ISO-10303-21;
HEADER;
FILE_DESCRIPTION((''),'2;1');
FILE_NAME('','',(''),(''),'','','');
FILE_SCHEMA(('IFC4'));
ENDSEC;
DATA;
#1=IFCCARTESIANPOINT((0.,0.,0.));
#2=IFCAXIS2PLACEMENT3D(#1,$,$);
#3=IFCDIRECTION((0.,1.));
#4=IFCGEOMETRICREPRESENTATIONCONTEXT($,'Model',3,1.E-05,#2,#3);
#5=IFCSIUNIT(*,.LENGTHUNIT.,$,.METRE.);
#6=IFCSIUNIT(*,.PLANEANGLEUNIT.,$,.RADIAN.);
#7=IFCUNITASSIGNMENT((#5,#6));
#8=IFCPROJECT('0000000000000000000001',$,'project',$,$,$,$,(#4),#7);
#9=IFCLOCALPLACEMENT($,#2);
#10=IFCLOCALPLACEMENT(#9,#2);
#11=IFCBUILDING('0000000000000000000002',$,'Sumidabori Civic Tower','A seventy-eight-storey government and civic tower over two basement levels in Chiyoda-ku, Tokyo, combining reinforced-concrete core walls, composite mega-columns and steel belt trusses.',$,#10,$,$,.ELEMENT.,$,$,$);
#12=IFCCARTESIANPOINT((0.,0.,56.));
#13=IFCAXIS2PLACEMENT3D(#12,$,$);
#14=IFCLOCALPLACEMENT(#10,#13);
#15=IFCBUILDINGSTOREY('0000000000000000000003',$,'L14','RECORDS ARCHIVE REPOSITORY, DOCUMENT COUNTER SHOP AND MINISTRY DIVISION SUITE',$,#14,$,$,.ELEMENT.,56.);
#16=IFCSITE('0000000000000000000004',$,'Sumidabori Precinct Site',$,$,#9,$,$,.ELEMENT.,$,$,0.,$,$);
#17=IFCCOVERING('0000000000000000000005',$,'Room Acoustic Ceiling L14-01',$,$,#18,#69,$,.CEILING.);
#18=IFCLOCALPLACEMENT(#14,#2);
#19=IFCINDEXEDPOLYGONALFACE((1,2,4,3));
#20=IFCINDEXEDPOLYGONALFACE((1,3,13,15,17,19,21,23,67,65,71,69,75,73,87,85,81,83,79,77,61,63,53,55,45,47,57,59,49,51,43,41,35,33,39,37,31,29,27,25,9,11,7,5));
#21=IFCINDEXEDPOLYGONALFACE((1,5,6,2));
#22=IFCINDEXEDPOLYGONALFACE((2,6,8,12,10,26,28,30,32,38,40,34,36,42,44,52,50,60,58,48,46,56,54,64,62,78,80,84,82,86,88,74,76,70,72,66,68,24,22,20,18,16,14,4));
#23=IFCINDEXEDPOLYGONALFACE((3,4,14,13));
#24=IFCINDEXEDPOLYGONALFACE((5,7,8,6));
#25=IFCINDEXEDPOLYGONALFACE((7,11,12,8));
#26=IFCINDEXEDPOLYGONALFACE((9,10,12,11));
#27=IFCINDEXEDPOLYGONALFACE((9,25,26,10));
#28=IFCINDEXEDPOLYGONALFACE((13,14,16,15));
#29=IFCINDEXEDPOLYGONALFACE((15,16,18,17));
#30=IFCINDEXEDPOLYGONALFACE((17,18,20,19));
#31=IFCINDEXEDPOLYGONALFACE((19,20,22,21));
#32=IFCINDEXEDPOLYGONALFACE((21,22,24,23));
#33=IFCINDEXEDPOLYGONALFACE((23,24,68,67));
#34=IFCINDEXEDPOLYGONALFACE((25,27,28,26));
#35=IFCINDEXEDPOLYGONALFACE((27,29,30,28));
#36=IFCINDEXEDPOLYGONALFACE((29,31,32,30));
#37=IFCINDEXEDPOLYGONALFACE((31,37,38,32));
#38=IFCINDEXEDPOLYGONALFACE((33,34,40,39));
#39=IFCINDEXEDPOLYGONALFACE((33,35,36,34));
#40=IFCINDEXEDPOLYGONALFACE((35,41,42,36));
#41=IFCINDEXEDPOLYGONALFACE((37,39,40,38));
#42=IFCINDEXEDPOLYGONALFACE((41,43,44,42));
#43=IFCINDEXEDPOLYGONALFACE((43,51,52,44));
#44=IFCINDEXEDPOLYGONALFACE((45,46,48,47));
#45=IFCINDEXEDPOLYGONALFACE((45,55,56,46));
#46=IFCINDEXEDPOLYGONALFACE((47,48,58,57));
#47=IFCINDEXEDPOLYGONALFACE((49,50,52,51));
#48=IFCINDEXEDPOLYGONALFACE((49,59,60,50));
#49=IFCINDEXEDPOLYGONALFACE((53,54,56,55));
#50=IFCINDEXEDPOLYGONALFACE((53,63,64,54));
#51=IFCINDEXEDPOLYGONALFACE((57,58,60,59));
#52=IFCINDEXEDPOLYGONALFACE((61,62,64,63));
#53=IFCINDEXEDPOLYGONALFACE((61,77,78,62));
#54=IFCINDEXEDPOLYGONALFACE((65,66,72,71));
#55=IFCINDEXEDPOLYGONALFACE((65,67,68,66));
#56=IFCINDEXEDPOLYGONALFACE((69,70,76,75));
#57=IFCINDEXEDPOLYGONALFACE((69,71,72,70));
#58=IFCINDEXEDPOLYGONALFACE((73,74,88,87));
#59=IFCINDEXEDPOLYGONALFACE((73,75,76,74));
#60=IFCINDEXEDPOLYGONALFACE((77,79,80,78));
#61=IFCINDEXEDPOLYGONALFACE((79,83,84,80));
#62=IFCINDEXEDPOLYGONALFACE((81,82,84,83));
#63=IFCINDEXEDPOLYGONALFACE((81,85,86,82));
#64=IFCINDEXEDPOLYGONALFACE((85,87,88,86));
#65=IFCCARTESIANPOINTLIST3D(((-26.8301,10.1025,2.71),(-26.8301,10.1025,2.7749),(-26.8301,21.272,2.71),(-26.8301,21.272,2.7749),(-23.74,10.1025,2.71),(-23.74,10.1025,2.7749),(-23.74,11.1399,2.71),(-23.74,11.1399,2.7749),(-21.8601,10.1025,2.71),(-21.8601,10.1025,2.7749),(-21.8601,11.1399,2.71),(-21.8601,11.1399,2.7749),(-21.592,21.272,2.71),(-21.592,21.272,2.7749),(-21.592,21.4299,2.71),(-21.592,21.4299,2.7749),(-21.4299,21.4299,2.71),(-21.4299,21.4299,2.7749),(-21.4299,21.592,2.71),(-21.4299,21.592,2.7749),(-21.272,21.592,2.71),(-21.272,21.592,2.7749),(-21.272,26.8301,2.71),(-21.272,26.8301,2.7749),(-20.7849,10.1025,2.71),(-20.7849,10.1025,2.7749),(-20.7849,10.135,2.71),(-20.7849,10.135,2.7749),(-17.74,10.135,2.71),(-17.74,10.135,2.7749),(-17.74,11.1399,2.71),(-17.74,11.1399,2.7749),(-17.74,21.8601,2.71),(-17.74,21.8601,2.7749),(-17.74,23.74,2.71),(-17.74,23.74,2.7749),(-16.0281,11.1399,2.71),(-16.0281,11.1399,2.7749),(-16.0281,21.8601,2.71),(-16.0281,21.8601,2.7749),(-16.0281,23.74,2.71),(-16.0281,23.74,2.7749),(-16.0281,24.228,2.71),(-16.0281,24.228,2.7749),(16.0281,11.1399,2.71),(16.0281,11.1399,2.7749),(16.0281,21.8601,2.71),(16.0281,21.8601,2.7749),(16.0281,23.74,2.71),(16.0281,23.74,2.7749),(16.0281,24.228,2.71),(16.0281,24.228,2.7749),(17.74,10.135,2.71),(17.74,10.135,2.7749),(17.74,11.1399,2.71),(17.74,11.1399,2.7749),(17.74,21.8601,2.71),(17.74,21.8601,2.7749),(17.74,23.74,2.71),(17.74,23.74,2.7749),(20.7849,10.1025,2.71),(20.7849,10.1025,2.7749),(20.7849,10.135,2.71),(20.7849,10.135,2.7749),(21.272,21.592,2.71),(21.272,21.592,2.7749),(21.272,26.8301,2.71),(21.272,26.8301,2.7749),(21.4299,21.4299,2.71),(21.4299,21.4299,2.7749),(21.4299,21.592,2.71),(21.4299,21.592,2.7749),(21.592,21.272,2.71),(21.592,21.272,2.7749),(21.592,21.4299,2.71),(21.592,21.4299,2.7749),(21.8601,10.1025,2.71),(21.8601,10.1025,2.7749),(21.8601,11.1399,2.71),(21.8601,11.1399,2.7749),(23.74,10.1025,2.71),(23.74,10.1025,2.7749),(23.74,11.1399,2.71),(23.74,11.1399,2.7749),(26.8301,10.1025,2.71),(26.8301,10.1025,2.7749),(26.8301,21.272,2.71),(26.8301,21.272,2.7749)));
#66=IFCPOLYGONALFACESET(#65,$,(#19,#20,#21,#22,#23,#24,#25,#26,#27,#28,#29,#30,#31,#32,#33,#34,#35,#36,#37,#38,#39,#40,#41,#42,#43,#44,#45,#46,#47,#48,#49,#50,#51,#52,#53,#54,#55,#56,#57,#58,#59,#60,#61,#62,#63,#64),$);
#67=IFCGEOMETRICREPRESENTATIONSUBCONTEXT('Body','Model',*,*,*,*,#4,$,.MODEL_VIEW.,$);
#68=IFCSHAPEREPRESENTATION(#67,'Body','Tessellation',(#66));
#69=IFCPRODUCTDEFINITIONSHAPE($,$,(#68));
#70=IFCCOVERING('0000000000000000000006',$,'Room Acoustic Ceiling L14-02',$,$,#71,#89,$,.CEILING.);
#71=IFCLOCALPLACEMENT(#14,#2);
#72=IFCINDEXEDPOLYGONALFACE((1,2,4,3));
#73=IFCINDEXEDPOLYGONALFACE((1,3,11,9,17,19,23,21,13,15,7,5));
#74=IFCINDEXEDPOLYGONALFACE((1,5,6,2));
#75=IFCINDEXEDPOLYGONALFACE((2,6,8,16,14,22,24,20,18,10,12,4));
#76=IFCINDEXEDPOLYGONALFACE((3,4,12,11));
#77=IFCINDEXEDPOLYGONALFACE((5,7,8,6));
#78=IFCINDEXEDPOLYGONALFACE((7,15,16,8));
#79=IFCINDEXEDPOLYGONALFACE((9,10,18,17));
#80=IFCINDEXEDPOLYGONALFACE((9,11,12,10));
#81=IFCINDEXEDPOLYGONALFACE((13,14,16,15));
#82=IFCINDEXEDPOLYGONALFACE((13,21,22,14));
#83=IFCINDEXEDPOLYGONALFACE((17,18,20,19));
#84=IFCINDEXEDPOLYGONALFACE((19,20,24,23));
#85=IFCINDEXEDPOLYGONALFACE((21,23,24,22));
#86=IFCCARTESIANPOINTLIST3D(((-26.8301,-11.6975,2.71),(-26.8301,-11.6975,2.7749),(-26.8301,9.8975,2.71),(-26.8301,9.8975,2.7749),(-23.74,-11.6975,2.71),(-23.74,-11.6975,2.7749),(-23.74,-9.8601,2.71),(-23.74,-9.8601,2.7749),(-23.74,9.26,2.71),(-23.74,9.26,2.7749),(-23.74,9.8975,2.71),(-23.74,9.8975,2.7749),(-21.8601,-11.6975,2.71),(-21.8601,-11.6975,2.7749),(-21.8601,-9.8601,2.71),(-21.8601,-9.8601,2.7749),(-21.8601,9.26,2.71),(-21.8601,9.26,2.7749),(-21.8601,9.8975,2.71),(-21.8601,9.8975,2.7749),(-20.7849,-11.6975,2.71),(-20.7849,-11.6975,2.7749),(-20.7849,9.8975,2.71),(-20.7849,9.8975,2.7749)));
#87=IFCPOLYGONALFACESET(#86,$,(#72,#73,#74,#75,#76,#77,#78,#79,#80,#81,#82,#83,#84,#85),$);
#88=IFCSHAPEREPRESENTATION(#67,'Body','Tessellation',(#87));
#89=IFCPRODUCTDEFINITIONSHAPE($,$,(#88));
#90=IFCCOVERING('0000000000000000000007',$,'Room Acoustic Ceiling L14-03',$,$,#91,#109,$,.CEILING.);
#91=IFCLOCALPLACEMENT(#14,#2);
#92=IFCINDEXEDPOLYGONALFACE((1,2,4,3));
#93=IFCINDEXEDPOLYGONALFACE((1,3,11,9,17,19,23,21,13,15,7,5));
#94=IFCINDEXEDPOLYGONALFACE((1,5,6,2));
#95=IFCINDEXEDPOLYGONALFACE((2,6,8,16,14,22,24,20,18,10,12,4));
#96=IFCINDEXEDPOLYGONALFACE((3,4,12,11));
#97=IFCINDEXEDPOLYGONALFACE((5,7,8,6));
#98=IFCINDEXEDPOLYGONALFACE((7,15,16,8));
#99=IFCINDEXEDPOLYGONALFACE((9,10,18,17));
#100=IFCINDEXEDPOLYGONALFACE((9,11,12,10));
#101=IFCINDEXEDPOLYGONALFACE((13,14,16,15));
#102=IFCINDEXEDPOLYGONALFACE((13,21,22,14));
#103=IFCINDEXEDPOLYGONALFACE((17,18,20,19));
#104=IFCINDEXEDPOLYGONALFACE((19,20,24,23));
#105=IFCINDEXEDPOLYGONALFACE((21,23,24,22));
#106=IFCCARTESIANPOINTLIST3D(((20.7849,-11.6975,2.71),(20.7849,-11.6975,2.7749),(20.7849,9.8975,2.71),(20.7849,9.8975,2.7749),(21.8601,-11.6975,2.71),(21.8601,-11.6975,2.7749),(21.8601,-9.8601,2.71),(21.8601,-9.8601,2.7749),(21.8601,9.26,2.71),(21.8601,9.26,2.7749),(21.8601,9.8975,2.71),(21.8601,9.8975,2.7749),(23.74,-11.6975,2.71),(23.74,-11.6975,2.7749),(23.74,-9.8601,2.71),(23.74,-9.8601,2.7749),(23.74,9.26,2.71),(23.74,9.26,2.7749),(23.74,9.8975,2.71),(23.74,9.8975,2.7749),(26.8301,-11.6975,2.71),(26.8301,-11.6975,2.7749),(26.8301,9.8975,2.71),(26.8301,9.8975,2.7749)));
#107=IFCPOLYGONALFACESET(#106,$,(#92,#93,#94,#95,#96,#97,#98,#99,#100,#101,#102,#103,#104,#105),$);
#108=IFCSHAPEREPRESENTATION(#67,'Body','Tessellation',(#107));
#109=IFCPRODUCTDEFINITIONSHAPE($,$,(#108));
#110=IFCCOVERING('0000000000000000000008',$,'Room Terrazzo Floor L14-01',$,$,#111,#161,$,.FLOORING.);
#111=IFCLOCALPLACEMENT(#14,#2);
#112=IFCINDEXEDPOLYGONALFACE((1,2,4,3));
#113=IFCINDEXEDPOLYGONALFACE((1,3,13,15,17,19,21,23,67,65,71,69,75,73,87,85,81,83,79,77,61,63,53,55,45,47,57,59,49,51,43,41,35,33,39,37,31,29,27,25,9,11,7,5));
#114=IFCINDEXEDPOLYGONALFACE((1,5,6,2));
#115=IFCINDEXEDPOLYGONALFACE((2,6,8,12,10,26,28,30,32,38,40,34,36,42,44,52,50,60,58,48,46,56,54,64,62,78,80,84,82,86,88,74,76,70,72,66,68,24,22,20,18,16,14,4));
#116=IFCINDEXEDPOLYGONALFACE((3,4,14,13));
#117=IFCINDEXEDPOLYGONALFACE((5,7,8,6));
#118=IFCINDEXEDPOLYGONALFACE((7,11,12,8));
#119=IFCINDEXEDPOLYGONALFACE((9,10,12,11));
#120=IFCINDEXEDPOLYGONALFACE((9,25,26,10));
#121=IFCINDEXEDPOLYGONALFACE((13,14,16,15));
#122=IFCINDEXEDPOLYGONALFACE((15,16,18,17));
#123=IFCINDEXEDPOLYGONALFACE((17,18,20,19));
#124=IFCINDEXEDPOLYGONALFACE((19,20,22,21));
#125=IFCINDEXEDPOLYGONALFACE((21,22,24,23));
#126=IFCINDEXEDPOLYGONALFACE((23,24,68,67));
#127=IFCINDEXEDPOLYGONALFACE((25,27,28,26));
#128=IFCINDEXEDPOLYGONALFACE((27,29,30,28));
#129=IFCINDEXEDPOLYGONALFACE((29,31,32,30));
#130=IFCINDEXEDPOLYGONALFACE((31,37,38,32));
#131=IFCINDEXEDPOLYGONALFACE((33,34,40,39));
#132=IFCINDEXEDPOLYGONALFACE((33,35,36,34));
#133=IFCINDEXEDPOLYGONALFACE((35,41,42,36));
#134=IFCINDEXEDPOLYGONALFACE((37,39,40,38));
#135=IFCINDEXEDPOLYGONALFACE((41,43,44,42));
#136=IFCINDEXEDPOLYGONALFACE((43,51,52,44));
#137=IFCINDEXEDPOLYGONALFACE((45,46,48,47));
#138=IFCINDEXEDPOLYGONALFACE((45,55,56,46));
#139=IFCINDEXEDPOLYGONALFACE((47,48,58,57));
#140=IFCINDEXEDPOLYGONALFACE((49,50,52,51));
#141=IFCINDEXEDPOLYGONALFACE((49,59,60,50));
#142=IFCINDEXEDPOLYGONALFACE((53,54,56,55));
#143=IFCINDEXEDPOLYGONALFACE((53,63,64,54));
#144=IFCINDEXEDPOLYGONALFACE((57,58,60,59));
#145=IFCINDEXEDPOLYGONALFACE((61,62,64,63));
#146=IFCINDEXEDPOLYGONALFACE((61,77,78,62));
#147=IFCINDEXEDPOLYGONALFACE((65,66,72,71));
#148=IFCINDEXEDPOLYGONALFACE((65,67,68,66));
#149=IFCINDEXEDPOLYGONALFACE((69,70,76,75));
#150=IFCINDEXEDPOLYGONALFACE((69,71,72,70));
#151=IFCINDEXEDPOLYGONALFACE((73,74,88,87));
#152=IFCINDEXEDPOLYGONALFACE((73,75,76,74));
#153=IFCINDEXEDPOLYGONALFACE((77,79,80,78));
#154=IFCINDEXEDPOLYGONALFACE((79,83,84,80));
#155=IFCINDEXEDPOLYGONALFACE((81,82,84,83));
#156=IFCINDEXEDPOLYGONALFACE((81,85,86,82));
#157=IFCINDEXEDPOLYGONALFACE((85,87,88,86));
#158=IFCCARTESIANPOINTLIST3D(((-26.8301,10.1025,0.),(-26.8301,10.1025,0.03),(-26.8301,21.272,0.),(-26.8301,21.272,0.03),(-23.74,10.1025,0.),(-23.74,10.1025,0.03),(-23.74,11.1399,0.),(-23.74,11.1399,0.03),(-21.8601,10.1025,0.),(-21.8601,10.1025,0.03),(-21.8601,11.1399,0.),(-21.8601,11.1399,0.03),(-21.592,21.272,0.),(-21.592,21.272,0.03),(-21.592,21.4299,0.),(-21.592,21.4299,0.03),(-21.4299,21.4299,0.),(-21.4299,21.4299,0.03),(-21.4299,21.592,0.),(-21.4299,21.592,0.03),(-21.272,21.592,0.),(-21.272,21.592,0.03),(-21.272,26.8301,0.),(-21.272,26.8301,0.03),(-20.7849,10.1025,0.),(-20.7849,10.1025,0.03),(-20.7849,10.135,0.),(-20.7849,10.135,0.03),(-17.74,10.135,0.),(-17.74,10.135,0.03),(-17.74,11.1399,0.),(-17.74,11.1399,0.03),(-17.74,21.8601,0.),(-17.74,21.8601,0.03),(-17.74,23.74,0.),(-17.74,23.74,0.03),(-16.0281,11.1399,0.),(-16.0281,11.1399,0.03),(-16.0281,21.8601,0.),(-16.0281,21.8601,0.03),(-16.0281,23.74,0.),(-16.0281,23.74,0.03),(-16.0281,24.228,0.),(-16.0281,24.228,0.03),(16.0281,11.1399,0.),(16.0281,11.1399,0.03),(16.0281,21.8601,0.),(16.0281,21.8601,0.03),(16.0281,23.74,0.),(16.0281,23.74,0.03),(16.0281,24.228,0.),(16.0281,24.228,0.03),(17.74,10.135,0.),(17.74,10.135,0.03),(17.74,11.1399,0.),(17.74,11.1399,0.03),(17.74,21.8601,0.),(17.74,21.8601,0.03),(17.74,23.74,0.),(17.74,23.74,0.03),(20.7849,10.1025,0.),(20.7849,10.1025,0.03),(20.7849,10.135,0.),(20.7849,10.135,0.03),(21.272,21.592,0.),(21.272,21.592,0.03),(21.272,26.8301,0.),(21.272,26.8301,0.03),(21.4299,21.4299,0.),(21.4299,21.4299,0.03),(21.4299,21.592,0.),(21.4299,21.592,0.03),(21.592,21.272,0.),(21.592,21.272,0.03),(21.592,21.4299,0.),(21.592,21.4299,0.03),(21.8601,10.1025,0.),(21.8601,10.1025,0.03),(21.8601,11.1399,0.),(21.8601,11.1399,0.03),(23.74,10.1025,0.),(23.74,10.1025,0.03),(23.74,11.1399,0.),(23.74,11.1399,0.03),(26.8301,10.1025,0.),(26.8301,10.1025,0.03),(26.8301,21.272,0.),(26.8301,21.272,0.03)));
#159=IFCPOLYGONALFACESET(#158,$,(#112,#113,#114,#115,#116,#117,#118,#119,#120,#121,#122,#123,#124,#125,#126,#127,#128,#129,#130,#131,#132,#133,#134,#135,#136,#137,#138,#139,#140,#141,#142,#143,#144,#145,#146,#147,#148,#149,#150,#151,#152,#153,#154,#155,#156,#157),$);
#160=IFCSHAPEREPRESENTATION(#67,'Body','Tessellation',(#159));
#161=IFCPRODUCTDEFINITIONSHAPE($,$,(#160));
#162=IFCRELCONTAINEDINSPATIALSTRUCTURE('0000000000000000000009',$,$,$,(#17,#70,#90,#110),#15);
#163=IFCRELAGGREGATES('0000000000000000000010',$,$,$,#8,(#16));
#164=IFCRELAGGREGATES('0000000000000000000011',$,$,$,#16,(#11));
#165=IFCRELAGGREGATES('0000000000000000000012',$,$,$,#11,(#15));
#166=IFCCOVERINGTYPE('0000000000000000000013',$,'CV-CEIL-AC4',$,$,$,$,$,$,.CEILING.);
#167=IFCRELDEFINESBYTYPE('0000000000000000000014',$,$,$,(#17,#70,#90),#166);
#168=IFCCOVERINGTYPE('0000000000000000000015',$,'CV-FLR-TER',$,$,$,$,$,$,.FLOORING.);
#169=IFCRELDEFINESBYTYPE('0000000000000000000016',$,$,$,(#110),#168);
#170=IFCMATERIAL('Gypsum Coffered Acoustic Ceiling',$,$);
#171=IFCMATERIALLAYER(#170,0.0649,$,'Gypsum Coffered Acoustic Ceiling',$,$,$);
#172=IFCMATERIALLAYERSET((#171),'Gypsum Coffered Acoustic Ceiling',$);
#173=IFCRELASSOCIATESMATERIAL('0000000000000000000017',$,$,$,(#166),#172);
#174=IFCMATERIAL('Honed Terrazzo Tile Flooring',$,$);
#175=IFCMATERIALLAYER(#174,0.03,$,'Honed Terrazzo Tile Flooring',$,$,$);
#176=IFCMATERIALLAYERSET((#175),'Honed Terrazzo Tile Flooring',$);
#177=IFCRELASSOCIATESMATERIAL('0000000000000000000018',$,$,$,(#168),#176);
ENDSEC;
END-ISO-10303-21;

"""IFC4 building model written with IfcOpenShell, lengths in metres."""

from ifc_helpers import new_model, si_unit, direction, frame, origin, place, context, subcontext, project, spatial, polyline, outline, extrude, material, layer, layer_set, type_object, element, save


model = new_model("IFC4")

# Units and contexts
model_context = context("Model", 3, precision=1e-05, world=origin(), true_north=direction((0.0, 1.0)))
body_context = subcontext(model_context, "Body", "Model", "MODEL_VIEW")
ifc_project = project(units=[si_unit("LENGTHUNIT", "METRE"), si_unit("PLANEANGLEUNIT", "RADIAN")], contexts=[model_context])

# Site, building, storey
site_placement = place(None, origin())
site = spatial("IfcSite", under=ifc_project, at=site_placement, Name="Sumidabori Precinct Site", CompositionType="ELEMENT", RefElevation=0.0)
building_placement = place(site_placement, origin())
building = spatial("IfcBuilding", under=site, at=building_placement, Name="Sumidabori Civic Tower", Description="A seventy-eight-storey government and civic tower over two basement levels in Chiyoda-ku, Tokyo, combining reinforced-concrete core walls, composite mega-columns and steel belt trusses.", CompositionType="ELEMENT")
storey_placement = place(building_placement, frame((0.0, 0.0, 56.0)))
storey = spatial("IfcBuildingStorey", under=building, at=storey_placement, Name="L14", Description="RECORDS ARCHIVE REPOSITORY, DOCUMENT COUNTER SHOP AND MINISTRY DIVISION SUITE", CompositionType="ELEMENT", Elevation=56.0)

# Coverings
ifc_material_1 = material(Name="Gypsum Coffered Acoustic Ceiling")
ifc_layer_1 = layer(ifc_material_1, 0.0649, Name="Gypsum Coffered Acoustic Ceiling")
ifc_layer_set_1 = layer_set([ifc_layer_1], Name="Gypsum Coffered Acoustic Ceiling")
covering_type_1 = type_object("IfcCoveringType", Name="CV-CEIL-AC4", PredefinedType="CEILING", material=ifc_layer_set_1)
covering_1_placement = place(storey_placement, frame((0.0, 0.0, 2.71)))
element("IfcCovering", 1, at=covering_1_placement, inside=storey, type_object=covering_type_1, Name="Room Acoustic Ceiling L14-01", PredefinedType="CEILING", context=body_context, shape_type="SweptSolid", body=[
    extrude(outline(polyline([(-26.8301, 10.1025), (-26.8301, 21.272), (-21.592, 21.272), (-21.592, 21.4299), (-21.4299, 21.4299), (-21.4299, 21.592), (-21.272, 21.592), (-21.272, 26.8301), (21.272, 26.8301), (21.272, 21.592), (21.4299, 21.592), (21.4299, 21.4299), (21.592, 21.4299), (21.592, 21.272), (26.8301, 21.272), (26.8301, 10.1025), (23.74, 10.1025), (23.74, 11.1399), (21.8601, 11.1399), (21.8601, 10.1025), (20.7849, 10.1025), (20.7849, 10.135), (17.74, 10.135), (17.74, 11.1399), (16.0281, 11.1399), (16.0281, 21.8601), (17.74, 21.8601), (17.74, 23.74), (16.0281, 23.74), (16.0281, 24.228), (-16.0281, 24.228), (-16.0281, 23.74), (-17.74, 23.74), (-17.74, 21.8601), (-16.0281, 21.8601), (-16.0281, 11.1399), (-17.74, 11.1399), (-17.74, 10.135), (-20.7849, 10.135), (-20.7849, 10.1025), (-21.8601, 10.1025), (-21.8601, 11.1399), (-23.74, 11.1399), (-23.74, 10.1025), (-26.8301, 10.1025)])), origin(), (0.0, 0.0, 1.0), 0.0649),
])
covering_2_placement = place(storey_placement, frame((0.0, 0.0, 2.71)))
element("IfcCovering", 2, at=covering_2_placement, inside=storey, type_object=covering_type_1, Name="Room Acoustic Ceiling L14-02", PredefinedType="CEILING", context=body_context, shape_type="SweptSolid", body=[
    extrude(outline(polyline([(-21.8601, -11.6975), (-21.8601, -9.8601), (-23.74, -9.8601), (-23.74, -11.6975), (-26.8301, -11.6975), (-26.8301, 9.8975), (-23.74, 9.8975), (-23.74, 9.26), (-21.8601, 9.26), (-21.8601, 9.8975), (-20.7849, 9.8975), (-20.7849, -11.6975), (-21.8601, -11.6975)])), origin(), (0.0, 0.0, 1.0), 0.0649),
])
covering_3_placement = place(storey_placement, frame((0.0, 0.0, 2.71)))
element("IfcCovering", 3, at=covering_3_placement, inside=storey, type_object=covering_type_1, Name="Room Acoustic Ceiling L14-03", PredefinedType="CEILING", context=body_context, shape_type="SweptSolid", body=[
    extrude(outline(polyline([(20.7849, 9.8975), (21.8601, 9.8975), (21.8601, 9.26), (23.74, 9.26), (23.74, 9.8975), (26.8301, 9.8975), (26.8301, -11.6975), (23.74, -11.6975), (23.74, -9.8601), (21.8601, -9.8601), (21.8601, -11.6975), (20.7849, -11.6975), (20.7849, 9.8975)])), origin(), (0.0, 0.0, 1.0), 0.0649),
])
ifc_material_2 = material(Name="Honed Terrazzo Tile Flooring")
ifc_layer_2 = layer(ifc_material_2, 0.03, Name="Honed Terrazzo Tile Flooring")
ifc_layer_set_2 = layer_set([ifc_layer_2], Name="Honed Terrazzo Tile Flooring")
covering_type_2 = type_object("IfcCoveringType", Name="CV-FLR-TER", PredefinedType="FLOORING", material=ifc_layer_set_2)
covering_4_placement = place(storey_placement, origin())
element("IfcCovering", 4, at=covering_4_placement, inside=storey, type_object=covering_type_2, Name="Room Terrazzo Floor L14-01", PredefinedType="FLOORING", context=body_context, shape_type="SweptSolid", body=[
    extrude(outline(polyline([(-26.8301, 10.1025), (-26.8301, 21.272), (-21.592, 21.272), (-21.592, 21.4299), (-21.4299, 21.4299), (-21.4299, 21.592), (-21.272, 21.592), (-21.272, 26.8301), (21.272, 26.8301), (21.272, 21.592), (21.4299, 21.592), (21.4299, 21.4299), (21.592, 21.4299), (21.592, 21.272), (26.8301, 21.272), (26.8301, 10.1025), (23.74, 10.1025), (23.74, 11.1399), (21.8601, 11.1399), (21.8601, 10.1025), (20.7849, 10.1025), (20.7849, 10.135), (17.74, 10.135), (17.74, 11.1399), (16.0281, 11.1399), (16.0281, 21.8601), (17.74, 21.8601), (17.74, 23.74), (16.0281, 23.74), (16.0281, 24.228), (-16.0281, 24.228), (-16.0281, 23.74), (-17.74, 23.74), (-17.74, 21.8601), (-16.0281, 21.8601), (-16.0281, 11.1399), (-17.74, 11.1399), (-17.74, 10.135), (-20.7849, 10.135), (-20.7849, 10.1025), (-21.8601, 10.1025), (-21.8601, 11.1399), (-23.74, 11.1399), (-23.74, 10.1025), (-26.8301, 10.1025)])), origin(), (0.0, 0.0, 1.0), 0.03),
])

save(model, "model.ifc")
